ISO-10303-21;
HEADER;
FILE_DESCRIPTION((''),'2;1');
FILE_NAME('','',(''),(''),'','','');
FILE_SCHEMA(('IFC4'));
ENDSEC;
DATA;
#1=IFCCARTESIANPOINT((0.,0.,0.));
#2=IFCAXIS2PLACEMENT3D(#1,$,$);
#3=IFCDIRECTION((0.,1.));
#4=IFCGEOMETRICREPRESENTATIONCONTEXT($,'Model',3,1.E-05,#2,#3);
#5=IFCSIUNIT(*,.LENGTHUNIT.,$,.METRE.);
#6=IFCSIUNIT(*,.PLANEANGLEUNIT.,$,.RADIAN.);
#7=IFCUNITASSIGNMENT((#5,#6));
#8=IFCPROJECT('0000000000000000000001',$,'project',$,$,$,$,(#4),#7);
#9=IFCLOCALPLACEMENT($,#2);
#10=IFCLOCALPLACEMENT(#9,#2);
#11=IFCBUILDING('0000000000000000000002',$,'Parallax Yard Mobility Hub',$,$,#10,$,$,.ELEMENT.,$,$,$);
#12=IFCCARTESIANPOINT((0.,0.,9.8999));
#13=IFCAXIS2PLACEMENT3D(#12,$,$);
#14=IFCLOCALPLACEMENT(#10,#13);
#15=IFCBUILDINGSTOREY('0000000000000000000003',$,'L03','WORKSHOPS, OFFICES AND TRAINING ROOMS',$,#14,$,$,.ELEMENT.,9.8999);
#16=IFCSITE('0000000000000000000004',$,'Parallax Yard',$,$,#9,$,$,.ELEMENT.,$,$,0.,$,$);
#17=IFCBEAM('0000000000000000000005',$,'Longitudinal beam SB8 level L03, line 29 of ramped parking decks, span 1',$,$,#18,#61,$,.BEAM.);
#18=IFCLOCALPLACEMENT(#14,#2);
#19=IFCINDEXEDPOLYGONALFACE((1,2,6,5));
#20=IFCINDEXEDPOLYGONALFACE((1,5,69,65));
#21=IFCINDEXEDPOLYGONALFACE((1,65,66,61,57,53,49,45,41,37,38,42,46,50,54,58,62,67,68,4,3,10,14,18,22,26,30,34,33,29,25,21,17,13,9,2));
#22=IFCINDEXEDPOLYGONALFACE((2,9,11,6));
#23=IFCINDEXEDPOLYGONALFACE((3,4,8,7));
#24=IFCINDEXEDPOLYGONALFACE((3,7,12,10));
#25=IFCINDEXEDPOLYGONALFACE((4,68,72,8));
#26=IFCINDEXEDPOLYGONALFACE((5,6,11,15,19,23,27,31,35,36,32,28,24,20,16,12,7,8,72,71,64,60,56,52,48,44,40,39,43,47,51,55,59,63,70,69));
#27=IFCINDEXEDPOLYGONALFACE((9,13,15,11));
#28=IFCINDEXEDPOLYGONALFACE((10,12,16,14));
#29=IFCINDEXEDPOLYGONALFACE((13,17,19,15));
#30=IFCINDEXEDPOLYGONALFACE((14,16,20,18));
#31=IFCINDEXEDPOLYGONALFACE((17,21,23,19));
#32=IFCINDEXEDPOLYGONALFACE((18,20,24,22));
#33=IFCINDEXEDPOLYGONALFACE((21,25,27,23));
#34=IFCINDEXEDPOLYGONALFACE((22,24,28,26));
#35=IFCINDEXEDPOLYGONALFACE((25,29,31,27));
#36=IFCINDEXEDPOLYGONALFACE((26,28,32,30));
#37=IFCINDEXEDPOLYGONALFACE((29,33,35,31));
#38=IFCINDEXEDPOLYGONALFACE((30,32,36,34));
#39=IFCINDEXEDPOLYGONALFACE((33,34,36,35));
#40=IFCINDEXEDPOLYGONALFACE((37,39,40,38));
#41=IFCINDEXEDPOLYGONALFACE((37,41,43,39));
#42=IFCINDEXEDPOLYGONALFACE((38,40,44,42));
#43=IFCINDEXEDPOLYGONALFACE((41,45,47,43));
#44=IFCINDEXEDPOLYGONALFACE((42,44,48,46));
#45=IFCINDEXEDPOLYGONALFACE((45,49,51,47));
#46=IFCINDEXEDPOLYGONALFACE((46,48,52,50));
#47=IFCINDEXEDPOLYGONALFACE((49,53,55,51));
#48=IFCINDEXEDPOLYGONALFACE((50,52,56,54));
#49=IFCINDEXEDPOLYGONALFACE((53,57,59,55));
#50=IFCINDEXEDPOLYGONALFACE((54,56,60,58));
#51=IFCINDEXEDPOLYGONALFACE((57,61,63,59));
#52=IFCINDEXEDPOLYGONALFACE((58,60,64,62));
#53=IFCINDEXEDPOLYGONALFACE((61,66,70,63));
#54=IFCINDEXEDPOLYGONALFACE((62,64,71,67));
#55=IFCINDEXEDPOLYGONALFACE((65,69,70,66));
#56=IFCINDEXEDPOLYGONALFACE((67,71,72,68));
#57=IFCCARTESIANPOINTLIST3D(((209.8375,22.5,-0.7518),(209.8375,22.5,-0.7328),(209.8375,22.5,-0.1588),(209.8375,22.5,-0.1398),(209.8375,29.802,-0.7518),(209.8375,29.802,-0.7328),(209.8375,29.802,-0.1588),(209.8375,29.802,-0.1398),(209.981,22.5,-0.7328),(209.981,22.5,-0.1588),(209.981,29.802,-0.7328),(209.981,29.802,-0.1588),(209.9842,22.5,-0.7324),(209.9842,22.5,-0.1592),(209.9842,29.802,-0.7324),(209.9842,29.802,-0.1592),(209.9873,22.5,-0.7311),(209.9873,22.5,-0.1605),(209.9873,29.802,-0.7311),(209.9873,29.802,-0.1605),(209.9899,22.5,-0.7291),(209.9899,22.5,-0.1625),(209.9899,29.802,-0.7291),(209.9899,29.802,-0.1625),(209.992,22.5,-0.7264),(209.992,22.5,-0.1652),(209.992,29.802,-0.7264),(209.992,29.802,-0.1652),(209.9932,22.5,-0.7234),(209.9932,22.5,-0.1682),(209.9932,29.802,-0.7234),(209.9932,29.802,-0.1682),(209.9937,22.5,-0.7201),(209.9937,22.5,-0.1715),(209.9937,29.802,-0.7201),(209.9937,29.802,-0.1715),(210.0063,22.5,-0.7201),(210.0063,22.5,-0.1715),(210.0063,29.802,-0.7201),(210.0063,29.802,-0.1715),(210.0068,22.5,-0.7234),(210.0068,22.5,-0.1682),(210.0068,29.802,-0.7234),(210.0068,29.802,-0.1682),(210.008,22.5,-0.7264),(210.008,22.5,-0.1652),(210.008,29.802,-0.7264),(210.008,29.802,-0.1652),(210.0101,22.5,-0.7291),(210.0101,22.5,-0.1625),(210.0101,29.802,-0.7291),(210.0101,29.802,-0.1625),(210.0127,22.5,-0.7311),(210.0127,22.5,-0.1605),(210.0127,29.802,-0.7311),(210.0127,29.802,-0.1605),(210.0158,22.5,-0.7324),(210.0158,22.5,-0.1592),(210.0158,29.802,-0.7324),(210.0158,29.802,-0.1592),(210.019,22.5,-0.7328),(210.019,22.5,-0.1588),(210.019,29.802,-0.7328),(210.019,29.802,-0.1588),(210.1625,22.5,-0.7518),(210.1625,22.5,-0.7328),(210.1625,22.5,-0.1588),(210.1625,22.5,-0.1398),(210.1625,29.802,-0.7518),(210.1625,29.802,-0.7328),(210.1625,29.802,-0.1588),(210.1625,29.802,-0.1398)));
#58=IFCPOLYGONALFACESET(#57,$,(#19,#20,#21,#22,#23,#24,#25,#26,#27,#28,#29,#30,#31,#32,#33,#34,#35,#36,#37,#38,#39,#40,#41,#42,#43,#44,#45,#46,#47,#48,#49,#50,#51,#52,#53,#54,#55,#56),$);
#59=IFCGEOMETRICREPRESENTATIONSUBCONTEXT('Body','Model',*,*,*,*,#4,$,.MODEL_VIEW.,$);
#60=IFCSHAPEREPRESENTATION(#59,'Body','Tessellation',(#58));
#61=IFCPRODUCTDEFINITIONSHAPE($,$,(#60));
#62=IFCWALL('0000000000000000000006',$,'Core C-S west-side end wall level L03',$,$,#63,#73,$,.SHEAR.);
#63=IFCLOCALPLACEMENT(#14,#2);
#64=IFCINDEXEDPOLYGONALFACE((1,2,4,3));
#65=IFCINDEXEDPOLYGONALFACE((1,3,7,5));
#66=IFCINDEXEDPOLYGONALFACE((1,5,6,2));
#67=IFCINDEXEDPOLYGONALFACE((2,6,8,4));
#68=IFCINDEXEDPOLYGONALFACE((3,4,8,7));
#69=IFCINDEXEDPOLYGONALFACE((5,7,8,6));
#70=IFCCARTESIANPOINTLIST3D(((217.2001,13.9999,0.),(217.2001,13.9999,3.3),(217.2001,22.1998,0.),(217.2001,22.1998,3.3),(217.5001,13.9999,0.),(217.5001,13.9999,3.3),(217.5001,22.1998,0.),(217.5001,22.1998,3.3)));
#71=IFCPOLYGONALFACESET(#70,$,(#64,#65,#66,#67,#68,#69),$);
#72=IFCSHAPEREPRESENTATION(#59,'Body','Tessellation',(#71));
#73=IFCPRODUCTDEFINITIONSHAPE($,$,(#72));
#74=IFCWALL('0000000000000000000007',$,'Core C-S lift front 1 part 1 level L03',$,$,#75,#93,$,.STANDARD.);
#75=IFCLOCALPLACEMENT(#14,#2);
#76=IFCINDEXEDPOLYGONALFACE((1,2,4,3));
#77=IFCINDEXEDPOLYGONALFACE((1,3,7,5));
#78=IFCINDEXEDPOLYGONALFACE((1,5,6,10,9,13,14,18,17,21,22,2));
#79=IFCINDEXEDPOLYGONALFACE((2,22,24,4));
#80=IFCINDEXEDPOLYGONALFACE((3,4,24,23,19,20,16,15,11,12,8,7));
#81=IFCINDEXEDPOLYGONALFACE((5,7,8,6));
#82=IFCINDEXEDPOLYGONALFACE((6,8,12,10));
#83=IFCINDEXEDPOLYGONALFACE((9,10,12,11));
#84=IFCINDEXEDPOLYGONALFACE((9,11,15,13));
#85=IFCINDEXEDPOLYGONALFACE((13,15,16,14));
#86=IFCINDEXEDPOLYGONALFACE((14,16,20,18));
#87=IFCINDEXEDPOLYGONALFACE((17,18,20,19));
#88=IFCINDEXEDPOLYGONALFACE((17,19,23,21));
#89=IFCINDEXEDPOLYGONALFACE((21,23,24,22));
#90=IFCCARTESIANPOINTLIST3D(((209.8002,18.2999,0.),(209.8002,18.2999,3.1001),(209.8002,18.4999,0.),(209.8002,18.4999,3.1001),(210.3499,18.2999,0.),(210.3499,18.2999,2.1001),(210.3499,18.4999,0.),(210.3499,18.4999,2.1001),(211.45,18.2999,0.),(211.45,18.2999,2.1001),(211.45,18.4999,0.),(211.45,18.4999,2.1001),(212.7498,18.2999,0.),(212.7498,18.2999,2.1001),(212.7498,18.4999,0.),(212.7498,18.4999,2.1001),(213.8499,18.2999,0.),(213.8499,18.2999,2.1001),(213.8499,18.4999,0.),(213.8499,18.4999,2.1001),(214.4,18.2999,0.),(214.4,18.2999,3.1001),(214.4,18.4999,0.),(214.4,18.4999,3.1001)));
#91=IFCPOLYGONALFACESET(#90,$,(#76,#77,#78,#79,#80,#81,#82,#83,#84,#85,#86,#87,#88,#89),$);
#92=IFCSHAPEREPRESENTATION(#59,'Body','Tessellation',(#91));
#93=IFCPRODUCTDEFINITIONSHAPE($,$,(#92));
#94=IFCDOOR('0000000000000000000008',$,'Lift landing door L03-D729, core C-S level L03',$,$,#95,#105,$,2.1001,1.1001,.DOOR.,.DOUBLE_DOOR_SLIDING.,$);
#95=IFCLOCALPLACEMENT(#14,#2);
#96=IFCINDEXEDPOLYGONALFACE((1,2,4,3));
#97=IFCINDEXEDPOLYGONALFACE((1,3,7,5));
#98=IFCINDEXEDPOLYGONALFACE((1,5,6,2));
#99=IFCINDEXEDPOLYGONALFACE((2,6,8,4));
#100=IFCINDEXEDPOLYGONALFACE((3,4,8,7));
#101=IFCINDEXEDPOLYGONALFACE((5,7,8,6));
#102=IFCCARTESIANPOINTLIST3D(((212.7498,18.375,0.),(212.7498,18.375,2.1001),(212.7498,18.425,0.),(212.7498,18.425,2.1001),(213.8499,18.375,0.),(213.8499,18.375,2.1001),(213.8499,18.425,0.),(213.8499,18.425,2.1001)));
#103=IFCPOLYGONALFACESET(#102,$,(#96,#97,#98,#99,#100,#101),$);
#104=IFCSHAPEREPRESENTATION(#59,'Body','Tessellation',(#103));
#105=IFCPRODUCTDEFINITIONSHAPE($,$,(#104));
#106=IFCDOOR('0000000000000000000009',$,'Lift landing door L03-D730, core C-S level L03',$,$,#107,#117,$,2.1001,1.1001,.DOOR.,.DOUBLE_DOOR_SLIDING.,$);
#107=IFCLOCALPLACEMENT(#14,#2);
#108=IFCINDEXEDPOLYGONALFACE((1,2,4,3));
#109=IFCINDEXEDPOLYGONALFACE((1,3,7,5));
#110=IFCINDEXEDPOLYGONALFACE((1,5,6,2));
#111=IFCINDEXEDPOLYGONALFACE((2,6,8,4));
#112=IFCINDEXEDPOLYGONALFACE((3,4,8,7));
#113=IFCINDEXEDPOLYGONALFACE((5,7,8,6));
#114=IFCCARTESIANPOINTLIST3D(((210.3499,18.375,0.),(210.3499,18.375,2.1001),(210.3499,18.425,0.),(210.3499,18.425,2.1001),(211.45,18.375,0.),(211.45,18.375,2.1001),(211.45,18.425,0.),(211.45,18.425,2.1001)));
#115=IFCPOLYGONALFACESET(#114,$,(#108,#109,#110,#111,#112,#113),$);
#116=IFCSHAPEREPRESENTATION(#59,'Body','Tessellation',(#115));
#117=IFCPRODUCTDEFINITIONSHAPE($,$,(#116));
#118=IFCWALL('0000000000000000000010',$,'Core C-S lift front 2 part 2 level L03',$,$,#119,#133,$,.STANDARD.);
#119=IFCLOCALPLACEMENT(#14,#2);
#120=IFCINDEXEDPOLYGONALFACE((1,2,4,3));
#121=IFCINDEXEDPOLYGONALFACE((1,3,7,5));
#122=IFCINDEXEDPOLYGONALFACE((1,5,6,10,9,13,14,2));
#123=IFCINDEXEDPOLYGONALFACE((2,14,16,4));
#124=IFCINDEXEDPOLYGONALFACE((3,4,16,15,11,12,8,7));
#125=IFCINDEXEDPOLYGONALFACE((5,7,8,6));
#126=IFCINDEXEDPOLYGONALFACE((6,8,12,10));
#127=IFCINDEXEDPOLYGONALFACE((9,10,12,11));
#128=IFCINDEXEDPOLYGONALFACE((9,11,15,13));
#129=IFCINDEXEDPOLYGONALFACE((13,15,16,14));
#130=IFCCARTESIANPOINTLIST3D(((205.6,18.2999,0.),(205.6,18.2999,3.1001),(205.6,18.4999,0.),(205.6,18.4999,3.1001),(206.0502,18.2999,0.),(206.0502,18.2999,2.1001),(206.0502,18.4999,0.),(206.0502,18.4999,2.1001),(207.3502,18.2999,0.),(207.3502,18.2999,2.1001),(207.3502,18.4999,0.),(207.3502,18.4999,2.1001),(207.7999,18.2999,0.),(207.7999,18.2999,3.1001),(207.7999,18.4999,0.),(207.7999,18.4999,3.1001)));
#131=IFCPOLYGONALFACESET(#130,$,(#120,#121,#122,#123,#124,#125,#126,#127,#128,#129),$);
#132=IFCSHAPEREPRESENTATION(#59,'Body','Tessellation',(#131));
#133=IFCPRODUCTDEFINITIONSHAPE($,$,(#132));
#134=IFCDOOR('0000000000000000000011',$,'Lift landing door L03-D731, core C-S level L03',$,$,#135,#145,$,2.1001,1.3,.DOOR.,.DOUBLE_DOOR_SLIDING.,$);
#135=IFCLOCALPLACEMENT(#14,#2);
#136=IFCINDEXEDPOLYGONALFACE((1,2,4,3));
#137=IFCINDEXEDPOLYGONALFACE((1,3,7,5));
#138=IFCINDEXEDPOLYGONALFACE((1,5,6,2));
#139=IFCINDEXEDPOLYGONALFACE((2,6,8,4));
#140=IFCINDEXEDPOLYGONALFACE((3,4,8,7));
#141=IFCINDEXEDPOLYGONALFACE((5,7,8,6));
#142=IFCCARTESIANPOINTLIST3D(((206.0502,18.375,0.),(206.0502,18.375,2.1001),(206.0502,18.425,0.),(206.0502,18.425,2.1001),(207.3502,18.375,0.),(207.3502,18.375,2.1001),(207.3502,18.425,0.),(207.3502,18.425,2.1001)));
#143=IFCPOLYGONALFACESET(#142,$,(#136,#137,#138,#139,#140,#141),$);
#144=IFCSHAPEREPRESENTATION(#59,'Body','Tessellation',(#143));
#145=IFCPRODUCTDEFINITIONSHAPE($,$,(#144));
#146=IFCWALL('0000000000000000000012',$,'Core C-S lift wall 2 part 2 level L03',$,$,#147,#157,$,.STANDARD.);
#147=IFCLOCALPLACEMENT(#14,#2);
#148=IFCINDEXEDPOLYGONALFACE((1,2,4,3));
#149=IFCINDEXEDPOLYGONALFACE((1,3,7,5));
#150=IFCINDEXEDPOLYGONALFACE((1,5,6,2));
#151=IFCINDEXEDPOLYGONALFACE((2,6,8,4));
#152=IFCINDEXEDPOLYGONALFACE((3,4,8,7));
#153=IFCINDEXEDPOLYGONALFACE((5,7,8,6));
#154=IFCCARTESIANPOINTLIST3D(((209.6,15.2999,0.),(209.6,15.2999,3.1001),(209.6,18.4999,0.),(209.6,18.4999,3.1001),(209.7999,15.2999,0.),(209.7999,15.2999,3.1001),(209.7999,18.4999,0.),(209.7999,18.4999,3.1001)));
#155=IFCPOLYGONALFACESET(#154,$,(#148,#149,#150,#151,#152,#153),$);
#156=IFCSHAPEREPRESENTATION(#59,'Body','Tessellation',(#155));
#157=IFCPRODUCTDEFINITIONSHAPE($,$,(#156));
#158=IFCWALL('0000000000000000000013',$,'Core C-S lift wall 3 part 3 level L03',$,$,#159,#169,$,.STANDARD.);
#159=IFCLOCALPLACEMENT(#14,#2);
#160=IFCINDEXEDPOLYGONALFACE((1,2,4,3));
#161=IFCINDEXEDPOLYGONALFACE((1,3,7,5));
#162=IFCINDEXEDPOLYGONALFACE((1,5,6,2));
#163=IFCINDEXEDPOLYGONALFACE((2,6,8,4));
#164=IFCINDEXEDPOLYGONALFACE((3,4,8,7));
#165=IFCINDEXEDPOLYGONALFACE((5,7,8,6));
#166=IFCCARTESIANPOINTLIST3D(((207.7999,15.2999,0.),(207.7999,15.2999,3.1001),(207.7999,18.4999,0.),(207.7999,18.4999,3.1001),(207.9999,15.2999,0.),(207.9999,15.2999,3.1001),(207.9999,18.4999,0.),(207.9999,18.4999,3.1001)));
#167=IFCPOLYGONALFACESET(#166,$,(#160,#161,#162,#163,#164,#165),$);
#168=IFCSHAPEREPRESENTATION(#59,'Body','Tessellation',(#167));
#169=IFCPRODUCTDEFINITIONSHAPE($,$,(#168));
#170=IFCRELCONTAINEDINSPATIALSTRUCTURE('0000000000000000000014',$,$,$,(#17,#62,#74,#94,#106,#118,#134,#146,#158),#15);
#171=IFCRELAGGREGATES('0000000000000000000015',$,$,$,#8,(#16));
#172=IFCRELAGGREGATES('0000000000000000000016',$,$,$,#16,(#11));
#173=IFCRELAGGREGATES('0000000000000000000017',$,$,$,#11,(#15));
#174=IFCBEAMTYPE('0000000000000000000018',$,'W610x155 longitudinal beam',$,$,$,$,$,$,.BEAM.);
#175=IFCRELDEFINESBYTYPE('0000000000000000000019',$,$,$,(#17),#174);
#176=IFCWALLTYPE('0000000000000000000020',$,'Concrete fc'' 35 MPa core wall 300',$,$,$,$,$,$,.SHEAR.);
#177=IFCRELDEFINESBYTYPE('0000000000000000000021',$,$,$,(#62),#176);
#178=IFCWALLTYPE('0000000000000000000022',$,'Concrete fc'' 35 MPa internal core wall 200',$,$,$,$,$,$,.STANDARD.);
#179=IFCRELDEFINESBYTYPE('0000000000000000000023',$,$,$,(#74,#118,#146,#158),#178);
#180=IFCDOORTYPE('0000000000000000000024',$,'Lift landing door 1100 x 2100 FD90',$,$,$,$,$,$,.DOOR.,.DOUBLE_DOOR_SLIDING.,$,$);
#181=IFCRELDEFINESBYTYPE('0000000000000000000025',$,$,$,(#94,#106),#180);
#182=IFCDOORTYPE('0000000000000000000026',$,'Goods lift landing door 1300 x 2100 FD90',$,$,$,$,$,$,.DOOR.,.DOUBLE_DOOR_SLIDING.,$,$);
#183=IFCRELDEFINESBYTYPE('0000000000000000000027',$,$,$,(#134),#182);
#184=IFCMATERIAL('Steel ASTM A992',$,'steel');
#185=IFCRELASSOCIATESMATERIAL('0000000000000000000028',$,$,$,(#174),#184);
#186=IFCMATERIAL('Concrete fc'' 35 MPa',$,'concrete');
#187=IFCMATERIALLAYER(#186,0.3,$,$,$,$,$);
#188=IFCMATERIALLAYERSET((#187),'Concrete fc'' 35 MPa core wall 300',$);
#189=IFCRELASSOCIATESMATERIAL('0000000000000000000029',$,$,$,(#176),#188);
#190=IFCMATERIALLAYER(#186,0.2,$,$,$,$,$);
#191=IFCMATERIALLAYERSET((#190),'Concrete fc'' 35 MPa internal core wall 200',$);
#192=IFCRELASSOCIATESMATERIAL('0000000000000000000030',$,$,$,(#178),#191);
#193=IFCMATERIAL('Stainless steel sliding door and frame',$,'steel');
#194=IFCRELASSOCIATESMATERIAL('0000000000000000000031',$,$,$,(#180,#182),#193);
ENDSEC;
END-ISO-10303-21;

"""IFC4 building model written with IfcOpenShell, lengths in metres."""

from ifc_helpers import new_model, si_unit, direction, frame, frame_2d, origin, origin_2d, place, context, subcontext, project, spatial, rectangle, i_section, extrude, material, layer, layer_set, material_profile, profile_set, type_object, element, fill, save


model = new_model("IFC4")

# Units and contexts
model_context = context("Model", 3, precision=1e-05, world=origin(), true_north=direction((0.0, 1.0)))
body_context = subcontext(model_context, "Body", "Model", "MODEL_VIEW")
ifc_project = project(units=[si_unit("LENGTHUNIT", "METRE"), si_unit("PLANEANGLEUNIT", "RADIAN")], contexts=[model_context])

# Site, building, storey
site_placement = place(None, origin())
site = spatial("IfcSite", under=ifc_project, at=site_placement, Name="Parallax Yard", CompositionType="ELEMENT", RefElevation=0.0)
building_placement = place(site_placement, origin())
building = spatial("IfcBuilding", under=site, at=building_placement, Name="Parallax Yard Mobility Hub", CompositionType="ELEMENT")
storey_placement = place(building_placement, frame((0.0, 0.0, 9.8999)))
storey = spatial("IfcBuildingStorey", under=building, at=storey_placement, Name="L03", Description="WORKSHOPS, OFFICES AND TRAINING ROOMS", CompositionType="ELEMENT", Elevation=9.8999)

# Beam
ifc_material_1 = material(Name="Steel ASTM A992", Category="steel")
ifc_material_profile = material_profile(ifc_material_1, i_section(OverallWidth=0.325, OverallDepth=0.6121, WebThickness=0.0127, FlangeThickness=0.019, FilletRadius=0.0127, at=origin_2d()), Name="W610x155")
ifc_profile_set = profile_set([ifc_material_profile], Name="Steel ASTM A992")
beam_type = type_object("IfcBeamType", Name="W610x155 longitudinal beam", PredefinedType="BEAM", material=ifc_profile_set)
beam_placement = place(storey_placement, frame((210.0, 22.5, -0.4458), z_axis=(0.0, 1.0, 0.0), x_axis=(-1.0, 0.0, 0.0)))
element("IfcBeam", 1, at=beam_placement, inside=storey, type_object=beam_type, Name="Longitudinal beam SB8 level L03, line 29 of ramped parking decks, span 1", PredefinedType="BEAM", context=body_context, shape_type="SweptSolid", body=[
    extrude(i_section(OverallWidth=0.325, OverallDepth=0.6121, WebThickness=0.0127, FlangeThickness=0.019, FilletRadius=0.0127, at=origin_2d()), origin(), (0.0, 0.0, 1.0), 7.302),
])

# Wall
ifc_material_2 = material(Name="Concrete fc' 35 MPa", Category="concrete")
ifc_layer_1 = layer(ifc_material_2, 0.3)
ifc_layer_set_1 = layer_set([ifc_layer_1], Name="Concrete fc' 35 MPa core wall 300")
wall_type_1 = type_object("IfcWallType", Name="Concrete fc' 35 MPa core wall 300", PredefinedType="SHEAR", material=ifc_layer_set_1)
wall_1_placement = place(storey_placement, frame((217.3501, 22.2, 0.0), z_axis=(0.0, 0.0, 1.0), x_axis=(0.0, -1.0, 0.0)))
element("IfcWall", 2, at=wall_1_placement, inside=storey, type_object=wall_type_1, Name="Core C-S west-side end wall level L03", PredefinedType="SHEAR", context=body_context, shape_type="SweptSolid", body=[
    extrude(rectangle(XDim=8.2, YDim=0.3, at=frame_2d((4.1001, 0.0))), origin(), (0.0, 0.0, 1.0), 3.3),
])

# Wall, openings, doors
ifc_layer_2 = layer(ifc_material_2, 0.2)
ifc_layer_set_2 = layer_set([ifc_layer_2], Name="Concrete fc' 35 MPa internal core wall 200")
wall_type_2 = type_object("IfcWallType", Name="Concrete fc' 35 MPa internal core wall 200", PredefinedType="STANDARD", material=ifc_layer_set_2)
wall_2_placement = place(storey_placement, frame((214.3999, 18.3999, 0.0), z_axis=(0.0, 0.0, 1.0), x_axis=(-1.0, 0.0, 0.0)))
wall_2 = element("IfcWall", 3, at=wall_2_placement, inside=storey, type_object=wall_type_2, Name="Core C-S lift front 1 part 1 level L03", PredefinedType="STANDARD", context=body_context, shape_type="SweptSolid", body=[
    extrude(rectangle(XDim=4.5999, YDim=0.2, at=frame_2d((2.2998, 0.0))), origin(), (0.0, 0.0, 1.0), 3.1001),
])
opening_1_placement = place(wall_2_placement, frame((0.55, 0.0, 0.0)))
opening_1 = element("IfcOpeningElement", 4, at=opening_1_placement, cuts=wall_2, PredefinedType="OPENING", context=body_context, shape_type="SweptSolid", body=[
    extrude(rectangle(XDim=1.1001, YDim=2.1001, at=frame_2d((0.55, 1.05))), frame((0.0, 0.1099, 0.0), z_axis=(0.0, -1.0, 0.0), x_axis=(1.0, 0.0, 0.0)), (0.0, 0.0, 1.0), 0.22),
])
opening_2_placement = place(wall_2_placement, frame((2.95, 0.0, 0.0)))
opening_2 = element("IfcOpeningElement", 5, at=opening_2_placement, cuts=wall_2, PredefinedType="OPENING", context=body_context, shape_type="SweptSolid", body=[
    extrude(rectangle(XDim=1.1001, YDim=2.1001, at=frame_2d((0.55, 1.05))), frame((0.0, 0.1099, 0.0), z_axis=(0.0, -1.0, 0.0), x_axis=(1.0, 0.0, 0.0)), (0.0, 0.0, 1.0), 0.22),
])
ifc_material_3 = material(Name="Stainless steel sliding door and frame", Category="steel")
door_type_1 = type_object("IfcDoorType", Name="Lift landing door 1100 x 2100 FD90", OperationType="DOUBLE_DOOR_SLIDING", PredefinedType="DOOR", material=ifc_material_3)
door_1_placement = place(opening_1_placement, origin())
door_1 = element("IfcDoor", 6, at=door_1_placement, inside=storey, type_object=door_type_1, Name="Lift landing door L03-D729, core C-S level L03", OperationType="DOUBLE_DOOR_SLIDING", OverallHeight=2.1001, OverallWidth=1.1001, PredefinedType="DOOR", context=body_context, shape_type="SweptSolid", body=[
    extrude(rectangle(XDim=1.1001, YDim=2.1001, at=frame_2d((0.55, 1.05))), frame((0.0, 0.0249, 0.0), z_axis=(0.0, -1.0, 0.0), x_axis=(1.0, 0.0, 0.0)), (0.0, 0.0, 1.0), 0.05),
])
fill(opening_1, door_1)
door_2_placement = place(opening_2_placement, origin())
door_2 = element("IfcDoor", 7, at=door_2_placement, inside=storey, type_object=door_type_1, Name="Lift landing door L03-D730, core C-S level L03", OperationType="DOUBLE_DOOR_SLIDING", OverallHeight=2.1001, OverallWidth=1.1001, PredefinedType="DOOR", context=body_context, shape_type="SweptSolid", body=[
    extrude(rectangle(XDim=1.1001, YDim=2.1001, at=frame_2d((0.55, 1.05))), frame((0.0, 0.0249, 0.0), z_axis=(0.0, -1.0, 0.0), x_axis=(1.0, 0.0, 0.0)), (0.0, 0.0, 1.0), 0.05),
])
fill(opening_2, door_2)

# Wall, opening, door
wall_3_placement = place(storey_placement, frame((207.8, 18.3999, 0.0), z_axis=(0.0, 0.0, 1.0), x_axis=(-1.0, 0.0, 0.0)))
wall_3 = element("IfcWall", 8, at=wall_3_placement, inside=storey, type_object=wall_type_2, Name="Core C-S lift front 2 part 2 level L03", PredefinedType="STANDARD", context=body_context, shape_type="SweptSolid", body=[
    extrude(rectangle(XDim=2.2, YDim=0.2, at=frame_2d((1.1001, 0.0))), origin(), (0.0, 0.0, 1.0), 3.1001),
])
opening_3_placement = place(wall_3_placement, frame((0.45, 0.0, 0.0)))
opening_3 = element("IfcOpeningElement", 9, at=opening_3_placement, cuts=wall_3, PredefinedType="OPENING", context=body_context, shape_type="SweptSolid", body=[
    extrude(rectangle(XDim=1.3, YDim=2.1001, at=frame_2d((0.6499, 1.05))), frame((0.0, 0.1099, 0.0), z_axis=(0.0, -1.0, 0.0), x_axis=(1.0, 0.0, 0.0)), (0.0, 0.0, 1.0), 0.22),
])
door_type_2 = type_object("IfcDoorType", Name="Goods lift landing door 1300 x 2100 FD90", OperationType="DOUBLE_DOOR_SLIDING", PredefinedType="DOOR", material=ifc_material_3)
door_3_placement = place(opening_3_placement, origin())
door_3 = element("IfcDoor", 10, at=door_3_placement, inside=storey, type_object=door_type_2, Name="Lift landing door L03-D731, core C-S level L03", OperationType="DOUBLE_DOOR_SLIDING", OverallHeight=2.1001, OverallWidth=1.3, PredefinedType="DOOR", context=body_context, shape_type="SweptSolid", body=[
    extrude(rectangle(XDim=1.3, YDim=2.1001, at=frame_2d((0.6499, 1.05))), frame((0.0, 0.0249, 0.0), z_axis=(0.0, -1.0, 0.0), x_axis=(1.0, 0.0, 0.0)), (0.0, 0.0, 1.0), 0.05),
])
fill(opening_3, door_3)

# Walls
for number, where, z_axis, x_axis, name in (
    (11, (209.7, 18.5, 0.0), (0.0, 0.0, 1.0), (0.0, -1.0, 0.0), "Core C-S lift wall 2 part 2 level L03"),
    (12, (207.8999, 18.5, 0.0), (0.0, 0.0, 1.0), (0.0, -1.0, 0.0), "Core C-S lift wall 3 part 3 level L03"),
):
    element("IfcWall", number, at=place(storey_placement, frame(where, z_axis=z_axis, x_axis=x_axis)), inside=storey, type_object=wall_type_2, Name=name, PredefinedType="STANDARD", context=body_context, shape_type="SweptSolid", body=[
        extrude(rectangle(XDim=3.2, YDim=0.2, at=frame_2d((1.6001, 0.0))), origin(), (0.0, 0.0, 1.0), 3.1001),
    ])

save(model, "model.ifc")
